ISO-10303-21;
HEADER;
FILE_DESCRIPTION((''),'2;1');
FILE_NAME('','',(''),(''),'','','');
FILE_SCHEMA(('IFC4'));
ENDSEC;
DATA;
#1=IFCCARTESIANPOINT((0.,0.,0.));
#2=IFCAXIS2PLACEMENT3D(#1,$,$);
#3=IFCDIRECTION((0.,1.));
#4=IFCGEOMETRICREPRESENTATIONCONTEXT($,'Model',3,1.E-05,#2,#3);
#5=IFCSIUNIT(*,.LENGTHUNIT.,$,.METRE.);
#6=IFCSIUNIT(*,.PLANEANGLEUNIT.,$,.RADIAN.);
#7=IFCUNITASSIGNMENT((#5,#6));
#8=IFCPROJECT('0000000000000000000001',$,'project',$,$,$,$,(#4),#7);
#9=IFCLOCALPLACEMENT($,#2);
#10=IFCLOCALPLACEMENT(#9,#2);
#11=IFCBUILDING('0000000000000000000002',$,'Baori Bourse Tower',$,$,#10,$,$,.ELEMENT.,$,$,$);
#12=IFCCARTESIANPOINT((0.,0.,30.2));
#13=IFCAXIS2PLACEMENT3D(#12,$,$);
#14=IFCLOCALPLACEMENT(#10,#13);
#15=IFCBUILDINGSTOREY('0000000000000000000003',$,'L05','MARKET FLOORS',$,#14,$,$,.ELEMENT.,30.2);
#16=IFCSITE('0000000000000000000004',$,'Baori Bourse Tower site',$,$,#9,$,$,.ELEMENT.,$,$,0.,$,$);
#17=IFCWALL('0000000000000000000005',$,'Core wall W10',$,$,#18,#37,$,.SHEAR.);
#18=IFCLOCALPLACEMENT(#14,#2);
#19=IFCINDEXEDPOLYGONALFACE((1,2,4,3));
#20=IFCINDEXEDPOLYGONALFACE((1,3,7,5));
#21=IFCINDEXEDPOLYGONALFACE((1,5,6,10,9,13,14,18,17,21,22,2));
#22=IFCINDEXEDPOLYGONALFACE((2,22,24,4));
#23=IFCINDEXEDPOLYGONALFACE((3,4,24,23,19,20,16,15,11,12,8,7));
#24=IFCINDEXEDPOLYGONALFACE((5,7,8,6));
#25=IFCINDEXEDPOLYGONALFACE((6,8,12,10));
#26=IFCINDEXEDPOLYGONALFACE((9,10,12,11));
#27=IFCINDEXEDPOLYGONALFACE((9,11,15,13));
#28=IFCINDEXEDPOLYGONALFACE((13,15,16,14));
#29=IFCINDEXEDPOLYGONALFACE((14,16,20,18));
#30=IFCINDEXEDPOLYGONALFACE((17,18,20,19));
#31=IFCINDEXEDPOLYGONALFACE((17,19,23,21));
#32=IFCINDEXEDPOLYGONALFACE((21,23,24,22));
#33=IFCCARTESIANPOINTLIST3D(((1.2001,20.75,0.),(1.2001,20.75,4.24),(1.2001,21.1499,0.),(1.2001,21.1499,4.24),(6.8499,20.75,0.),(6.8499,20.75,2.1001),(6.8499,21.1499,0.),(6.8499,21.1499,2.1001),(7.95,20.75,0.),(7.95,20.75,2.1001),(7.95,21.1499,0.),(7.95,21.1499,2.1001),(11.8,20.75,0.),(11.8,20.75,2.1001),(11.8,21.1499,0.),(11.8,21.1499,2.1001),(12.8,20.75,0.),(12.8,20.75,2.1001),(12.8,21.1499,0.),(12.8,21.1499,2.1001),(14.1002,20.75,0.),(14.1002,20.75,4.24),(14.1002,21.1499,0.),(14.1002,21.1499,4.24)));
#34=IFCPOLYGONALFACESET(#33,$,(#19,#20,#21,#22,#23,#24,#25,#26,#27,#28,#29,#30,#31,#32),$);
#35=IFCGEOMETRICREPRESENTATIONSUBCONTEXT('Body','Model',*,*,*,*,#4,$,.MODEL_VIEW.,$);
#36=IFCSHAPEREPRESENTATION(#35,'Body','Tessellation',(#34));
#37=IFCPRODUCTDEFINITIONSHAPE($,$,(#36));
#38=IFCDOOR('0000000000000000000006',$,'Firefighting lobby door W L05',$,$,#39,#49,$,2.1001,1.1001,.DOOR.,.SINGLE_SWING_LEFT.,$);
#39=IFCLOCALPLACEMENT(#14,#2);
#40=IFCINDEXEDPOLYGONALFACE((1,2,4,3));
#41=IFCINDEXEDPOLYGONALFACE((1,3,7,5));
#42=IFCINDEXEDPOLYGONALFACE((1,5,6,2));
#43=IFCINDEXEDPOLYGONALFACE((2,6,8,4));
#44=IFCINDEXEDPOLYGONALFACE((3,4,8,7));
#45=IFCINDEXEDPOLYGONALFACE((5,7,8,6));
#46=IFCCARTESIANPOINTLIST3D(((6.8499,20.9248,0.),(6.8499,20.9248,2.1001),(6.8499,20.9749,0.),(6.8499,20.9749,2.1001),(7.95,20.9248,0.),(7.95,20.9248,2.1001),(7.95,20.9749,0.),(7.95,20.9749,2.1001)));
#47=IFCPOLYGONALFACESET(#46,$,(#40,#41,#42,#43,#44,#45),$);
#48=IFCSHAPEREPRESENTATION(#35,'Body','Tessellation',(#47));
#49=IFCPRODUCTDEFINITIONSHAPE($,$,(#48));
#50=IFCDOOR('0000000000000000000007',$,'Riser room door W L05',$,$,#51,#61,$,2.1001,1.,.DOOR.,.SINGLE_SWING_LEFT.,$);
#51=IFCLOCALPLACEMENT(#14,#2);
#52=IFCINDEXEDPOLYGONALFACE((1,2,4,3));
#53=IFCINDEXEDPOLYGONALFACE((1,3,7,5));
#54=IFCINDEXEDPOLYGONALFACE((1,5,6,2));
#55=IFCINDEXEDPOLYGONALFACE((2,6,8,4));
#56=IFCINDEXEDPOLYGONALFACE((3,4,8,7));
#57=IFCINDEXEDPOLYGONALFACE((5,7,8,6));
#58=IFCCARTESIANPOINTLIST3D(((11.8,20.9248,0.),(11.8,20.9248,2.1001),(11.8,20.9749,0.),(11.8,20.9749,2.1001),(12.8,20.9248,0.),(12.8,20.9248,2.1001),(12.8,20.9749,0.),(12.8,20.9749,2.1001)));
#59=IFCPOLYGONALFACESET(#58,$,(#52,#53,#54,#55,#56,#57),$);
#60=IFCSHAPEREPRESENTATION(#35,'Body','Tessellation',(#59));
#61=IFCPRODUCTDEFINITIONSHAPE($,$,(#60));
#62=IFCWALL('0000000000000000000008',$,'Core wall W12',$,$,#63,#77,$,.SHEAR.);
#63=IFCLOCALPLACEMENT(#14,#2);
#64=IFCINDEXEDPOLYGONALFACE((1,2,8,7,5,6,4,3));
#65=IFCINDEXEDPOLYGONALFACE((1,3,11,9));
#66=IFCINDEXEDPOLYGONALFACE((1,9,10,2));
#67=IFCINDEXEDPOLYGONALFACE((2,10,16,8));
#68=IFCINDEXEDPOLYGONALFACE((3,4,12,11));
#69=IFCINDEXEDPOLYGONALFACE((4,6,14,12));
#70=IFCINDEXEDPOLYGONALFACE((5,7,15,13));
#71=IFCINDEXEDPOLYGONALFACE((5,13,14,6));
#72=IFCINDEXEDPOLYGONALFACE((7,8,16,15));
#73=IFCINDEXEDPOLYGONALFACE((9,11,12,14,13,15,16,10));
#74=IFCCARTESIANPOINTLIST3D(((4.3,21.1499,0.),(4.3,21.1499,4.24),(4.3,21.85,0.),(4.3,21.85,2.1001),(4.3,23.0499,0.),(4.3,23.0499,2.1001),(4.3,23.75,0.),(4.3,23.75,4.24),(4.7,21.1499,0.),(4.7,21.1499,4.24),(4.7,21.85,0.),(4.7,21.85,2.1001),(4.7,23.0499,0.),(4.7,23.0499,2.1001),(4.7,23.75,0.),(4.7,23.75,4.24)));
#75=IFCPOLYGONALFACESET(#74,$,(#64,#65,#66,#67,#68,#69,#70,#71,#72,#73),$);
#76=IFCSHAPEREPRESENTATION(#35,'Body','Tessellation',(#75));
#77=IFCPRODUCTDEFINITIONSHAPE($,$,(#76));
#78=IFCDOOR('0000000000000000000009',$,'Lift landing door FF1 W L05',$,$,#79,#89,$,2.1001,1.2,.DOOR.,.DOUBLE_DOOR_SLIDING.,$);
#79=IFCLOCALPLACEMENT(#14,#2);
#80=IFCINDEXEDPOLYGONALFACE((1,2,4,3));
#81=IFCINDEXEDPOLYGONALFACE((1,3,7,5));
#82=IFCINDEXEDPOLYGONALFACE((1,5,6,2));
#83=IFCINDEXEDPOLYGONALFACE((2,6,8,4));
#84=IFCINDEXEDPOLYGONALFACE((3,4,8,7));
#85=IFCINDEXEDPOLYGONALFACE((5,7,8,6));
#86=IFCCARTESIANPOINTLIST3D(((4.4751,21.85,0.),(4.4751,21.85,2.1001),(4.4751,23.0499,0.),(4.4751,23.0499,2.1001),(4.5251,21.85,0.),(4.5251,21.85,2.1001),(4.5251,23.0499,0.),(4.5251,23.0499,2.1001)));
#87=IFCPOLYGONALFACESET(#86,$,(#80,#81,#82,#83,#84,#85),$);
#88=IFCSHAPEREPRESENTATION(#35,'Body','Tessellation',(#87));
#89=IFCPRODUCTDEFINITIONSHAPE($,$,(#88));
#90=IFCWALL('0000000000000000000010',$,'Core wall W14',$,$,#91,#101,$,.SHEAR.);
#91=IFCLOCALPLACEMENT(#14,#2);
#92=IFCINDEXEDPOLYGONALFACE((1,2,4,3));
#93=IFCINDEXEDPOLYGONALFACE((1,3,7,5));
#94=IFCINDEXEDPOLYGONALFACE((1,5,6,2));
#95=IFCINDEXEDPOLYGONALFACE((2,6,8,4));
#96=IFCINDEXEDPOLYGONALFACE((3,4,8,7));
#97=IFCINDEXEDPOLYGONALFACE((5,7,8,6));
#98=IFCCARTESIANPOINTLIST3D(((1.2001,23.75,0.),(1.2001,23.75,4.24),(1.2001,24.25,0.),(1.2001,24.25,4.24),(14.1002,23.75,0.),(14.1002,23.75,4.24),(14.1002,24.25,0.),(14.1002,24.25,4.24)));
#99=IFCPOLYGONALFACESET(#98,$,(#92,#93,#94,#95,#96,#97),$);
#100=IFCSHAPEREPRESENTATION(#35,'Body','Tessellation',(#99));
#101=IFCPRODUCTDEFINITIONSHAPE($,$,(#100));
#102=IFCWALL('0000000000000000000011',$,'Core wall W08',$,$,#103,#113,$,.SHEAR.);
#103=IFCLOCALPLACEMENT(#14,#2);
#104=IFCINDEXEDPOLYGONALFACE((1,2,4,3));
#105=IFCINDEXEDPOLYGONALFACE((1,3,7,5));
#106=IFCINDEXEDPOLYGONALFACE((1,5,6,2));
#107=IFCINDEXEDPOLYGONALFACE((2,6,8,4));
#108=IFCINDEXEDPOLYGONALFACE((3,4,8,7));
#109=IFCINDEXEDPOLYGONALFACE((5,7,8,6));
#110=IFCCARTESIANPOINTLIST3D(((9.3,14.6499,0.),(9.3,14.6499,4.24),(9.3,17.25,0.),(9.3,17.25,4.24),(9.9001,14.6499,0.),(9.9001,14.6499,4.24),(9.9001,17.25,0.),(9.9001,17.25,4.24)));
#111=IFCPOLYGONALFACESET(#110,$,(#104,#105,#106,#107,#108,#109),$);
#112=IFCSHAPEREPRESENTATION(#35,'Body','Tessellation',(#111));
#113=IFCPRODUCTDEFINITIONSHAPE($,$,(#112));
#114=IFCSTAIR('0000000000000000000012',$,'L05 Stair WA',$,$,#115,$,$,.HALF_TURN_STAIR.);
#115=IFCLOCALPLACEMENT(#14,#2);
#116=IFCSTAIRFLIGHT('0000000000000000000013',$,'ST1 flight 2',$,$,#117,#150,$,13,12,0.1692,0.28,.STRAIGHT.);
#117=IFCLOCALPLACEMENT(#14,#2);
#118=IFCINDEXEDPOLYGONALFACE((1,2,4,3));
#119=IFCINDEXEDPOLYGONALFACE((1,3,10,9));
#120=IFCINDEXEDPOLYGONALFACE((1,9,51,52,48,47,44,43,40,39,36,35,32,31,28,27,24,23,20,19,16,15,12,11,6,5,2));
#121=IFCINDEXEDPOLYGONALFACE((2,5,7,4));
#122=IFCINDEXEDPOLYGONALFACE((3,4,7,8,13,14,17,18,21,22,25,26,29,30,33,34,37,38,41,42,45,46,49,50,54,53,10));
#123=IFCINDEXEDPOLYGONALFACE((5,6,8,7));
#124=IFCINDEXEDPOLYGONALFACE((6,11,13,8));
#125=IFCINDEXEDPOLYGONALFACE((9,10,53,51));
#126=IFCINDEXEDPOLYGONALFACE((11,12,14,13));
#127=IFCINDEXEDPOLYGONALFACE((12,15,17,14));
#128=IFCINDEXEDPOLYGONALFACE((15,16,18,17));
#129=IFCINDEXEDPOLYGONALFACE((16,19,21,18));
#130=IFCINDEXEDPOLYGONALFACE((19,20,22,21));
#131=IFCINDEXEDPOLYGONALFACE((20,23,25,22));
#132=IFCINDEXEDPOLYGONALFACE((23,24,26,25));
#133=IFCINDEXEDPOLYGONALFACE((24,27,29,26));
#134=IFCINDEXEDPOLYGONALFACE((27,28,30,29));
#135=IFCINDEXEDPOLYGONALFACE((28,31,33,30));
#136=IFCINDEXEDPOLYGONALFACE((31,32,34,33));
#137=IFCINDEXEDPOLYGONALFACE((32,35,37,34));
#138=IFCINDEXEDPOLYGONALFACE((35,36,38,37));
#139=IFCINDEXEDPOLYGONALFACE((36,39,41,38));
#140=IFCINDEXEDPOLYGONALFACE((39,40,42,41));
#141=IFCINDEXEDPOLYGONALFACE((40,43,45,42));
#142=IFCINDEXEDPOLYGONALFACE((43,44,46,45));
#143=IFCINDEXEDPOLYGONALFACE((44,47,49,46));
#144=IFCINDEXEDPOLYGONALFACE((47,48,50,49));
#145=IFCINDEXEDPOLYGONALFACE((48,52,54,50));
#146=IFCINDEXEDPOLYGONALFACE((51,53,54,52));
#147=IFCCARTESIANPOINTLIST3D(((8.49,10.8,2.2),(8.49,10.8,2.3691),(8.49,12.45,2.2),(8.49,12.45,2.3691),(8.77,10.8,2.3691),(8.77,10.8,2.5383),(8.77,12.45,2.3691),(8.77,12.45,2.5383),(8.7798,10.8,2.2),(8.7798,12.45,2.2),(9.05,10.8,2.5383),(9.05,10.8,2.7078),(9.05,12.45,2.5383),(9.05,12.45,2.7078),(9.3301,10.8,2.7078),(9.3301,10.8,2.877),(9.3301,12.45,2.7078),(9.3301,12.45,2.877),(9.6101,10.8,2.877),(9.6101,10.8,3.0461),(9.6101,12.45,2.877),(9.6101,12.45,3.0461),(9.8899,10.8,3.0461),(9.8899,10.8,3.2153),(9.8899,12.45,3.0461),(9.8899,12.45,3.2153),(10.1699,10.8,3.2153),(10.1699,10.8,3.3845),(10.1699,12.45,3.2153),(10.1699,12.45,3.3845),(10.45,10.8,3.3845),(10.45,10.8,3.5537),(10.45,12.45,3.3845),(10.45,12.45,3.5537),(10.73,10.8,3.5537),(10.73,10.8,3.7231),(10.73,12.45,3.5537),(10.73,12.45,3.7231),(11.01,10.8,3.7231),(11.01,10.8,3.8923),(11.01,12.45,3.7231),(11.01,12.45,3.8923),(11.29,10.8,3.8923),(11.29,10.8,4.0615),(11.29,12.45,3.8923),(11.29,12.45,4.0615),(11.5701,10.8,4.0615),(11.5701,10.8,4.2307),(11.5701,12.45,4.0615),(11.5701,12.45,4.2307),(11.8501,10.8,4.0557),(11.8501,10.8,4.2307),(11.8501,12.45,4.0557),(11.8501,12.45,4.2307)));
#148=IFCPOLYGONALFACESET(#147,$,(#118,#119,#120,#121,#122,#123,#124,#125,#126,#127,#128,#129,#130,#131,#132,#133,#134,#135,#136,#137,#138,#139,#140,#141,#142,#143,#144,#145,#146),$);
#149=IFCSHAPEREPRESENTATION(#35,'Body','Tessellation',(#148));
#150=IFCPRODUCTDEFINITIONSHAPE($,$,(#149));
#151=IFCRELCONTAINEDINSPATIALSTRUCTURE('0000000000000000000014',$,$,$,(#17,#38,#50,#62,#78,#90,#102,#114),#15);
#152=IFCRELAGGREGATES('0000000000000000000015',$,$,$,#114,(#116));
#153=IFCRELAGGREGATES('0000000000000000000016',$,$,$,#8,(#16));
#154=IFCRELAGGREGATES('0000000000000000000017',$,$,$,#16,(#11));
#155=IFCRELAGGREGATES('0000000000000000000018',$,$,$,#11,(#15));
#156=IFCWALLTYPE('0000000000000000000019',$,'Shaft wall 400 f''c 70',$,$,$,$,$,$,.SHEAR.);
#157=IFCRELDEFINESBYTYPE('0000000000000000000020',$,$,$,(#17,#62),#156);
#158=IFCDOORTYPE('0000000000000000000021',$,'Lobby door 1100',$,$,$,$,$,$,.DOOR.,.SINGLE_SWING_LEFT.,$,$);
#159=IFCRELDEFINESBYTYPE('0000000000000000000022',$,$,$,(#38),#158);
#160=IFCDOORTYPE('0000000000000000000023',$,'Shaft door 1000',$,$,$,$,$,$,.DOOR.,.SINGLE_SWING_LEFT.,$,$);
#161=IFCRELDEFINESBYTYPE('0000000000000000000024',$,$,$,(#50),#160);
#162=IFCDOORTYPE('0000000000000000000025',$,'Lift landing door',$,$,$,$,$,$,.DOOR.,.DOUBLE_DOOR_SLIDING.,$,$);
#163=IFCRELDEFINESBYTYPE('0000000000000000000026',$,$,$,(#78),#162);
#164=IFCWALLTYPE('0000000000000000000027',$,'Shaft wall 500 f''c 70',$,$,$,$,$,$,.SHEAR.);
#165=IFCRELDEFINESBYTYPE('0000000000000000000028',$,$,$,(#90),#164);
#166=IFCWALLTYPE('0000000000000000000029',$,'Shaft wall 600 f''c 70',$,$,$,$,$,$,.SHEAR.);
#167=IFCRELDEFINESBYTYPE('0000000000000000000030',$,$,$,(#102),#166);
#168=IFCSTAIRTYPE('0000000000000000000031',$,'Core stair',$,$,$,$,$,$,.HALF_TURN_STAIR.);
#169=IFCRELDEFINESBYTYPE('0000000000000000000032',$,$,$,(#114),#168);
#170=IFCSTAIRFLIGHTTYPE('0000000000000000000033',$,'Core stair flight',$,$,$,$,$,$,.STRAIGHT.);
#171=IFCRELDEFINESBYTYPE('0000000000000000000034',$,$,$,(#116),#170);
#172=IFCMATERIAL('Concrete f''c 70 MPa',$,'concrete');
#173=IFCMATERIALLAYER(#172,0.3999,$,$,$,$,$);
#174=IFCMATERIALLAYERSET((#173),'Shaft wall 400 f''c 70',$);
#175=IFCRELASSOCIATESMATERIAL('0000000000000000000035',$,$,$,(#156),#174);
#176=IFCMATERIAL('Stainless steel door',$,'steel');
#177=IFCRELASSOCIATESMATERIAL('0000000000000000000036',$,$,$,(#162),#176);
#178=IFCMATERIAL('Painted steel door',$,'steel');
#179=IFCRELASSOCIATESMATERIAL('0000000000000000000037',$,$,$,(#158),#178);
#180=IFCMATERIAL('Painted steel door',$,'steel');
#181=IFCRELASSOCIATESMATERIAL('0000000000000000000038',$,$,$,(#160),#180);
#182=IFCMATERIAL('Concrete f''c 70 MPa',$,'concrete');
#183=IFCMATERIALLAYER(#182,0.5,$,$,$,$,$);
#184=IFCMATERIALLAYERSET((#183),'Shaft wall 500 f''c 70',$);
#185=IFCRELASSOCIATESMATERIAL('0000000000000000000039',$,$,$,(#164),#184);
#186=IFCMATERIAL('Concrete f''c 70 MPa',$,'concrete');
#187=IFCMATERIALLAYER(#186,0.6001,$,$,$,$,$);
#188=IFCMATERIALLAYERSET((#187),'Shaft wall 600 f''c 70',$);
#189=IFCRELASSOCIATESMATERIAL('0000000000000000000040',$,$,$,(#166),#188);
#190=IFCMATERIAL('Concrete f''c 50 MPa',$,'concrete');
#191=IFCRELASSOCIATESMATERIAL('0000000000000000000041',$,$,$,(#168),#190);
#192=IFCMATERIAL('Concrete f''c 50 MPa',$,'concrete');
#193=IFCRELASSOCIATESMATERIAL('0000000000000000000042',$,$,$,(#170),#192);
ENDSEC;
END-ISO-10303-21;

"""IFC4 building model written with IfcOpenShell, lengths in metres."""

from ifc_helpers import new_model, si_unit, direction, frame, frame_2d, origin, place, context, subcontext, project, spatial, polyline, rectangle, outline, extrude, material, layer, layer_set, type_object, element, fill, aggregate, save


model = new_model("IFC4")

# Units and contexts
model_context = context("Model", 3, precision=1e-05, world=origin(), true_north=direction((0.0, 1.0)))
body_context = subcontext(model_context, "Body", "Model", "MODEL_VIEW")
ifc_project = project(units=[si_unit("LENGTHUNIT", "METRE"), si_unit("PLANEANGLEUNIT", "RADIAN")], contexts=[model_context])

# Site, building, storey
site_placement = place(None, origin())
site = spatial("IfcSite", under=ifc_project, at=site_placement, Name="Baori Bourse Tower site", CompositionType="ELEMENT", RefElevation=0.0)
building_placement = place(site_placement, origin())
building = spatial("IfcBuilding", under=site, at=building_placement, Name="Baori Bourse Tower", CompositionType="ELEMENT")
storey_placement = place(building_placement, frame((0.0, 0.0, 30.2)))
storey = spatial("IfcBuildingStorey", under=building, at=storey_placement, Name="L05", Description="MARKET FLOORS", CompositionType="ELEMENT", Elevation=30.2)

# Shared definitions
ifc_material_1 = material(Name="Concrete f'c 70 MPa", Category="concrete")
ifc_layer_1 = layer(ifc_material_1, 0.3999)
ifc_layer_set_1 = layer_set([ifc_layer_1], Name="Shaft wall 400 f'c 70")
wall_type_1 = type_object("IfcWallType", Name="Shaft wall 400 f'c 70", PredefinedType="SHEAR", material=ifc_layer_set_1)

# Wall, openings, doors
ifc_material_2 = material(Name="Stainless steel door", Category="steel")
door_type_1 = type_object("IfcDoorType", Name="Lift landing door", OperationType="DOUBLE_DOOR_SLIDING", PredefinedType="DOOR", material=ifc_material_2)
wall_1_placement = place(storey_placement, frame((1.2, 20.95, 0.0), z_axis=(0.0, 0.0, 1.0), x_axis=(1.0, 0.0, 0.0)))
wall_1 = element("IfcWall", 1, at=wall_1_placement, inside=storey, type_object=wall_type_1, Name="Core wall W10", PredefinedType="SHEAR", context=body_context, shape_type="SweptSolid", body=[
    extrude(rectangle(XDim=12.9001, YDim=0.3999, at=frame_2d((6.4502, 0.0))), origin(), (0.0, 0.0, 1.0), 4.24),
])
opening_1_placement = place(wall_1_placement, frame((5.6499, 0.0, 0.0)))
opening_1 = element("IfcOpeningElement", 2, at=opening_1_placement, cuts=wall_1, PredefinedType="OPENING", context=body_context, shape_type="SweptSolid", body=[
    extrude(rectangle(XDim=1.1001, YDim=2.1001, at=frame_2d((0.55, 1.05))), frame((0.0, 0.21, 0.0), z_axis=(0.0, -1.0, 0.0), x_axis=(1.0, 0.0, 0.0)), (0.0, 0.0, 1.0), 0.4199),
])
opening_2_placement = place(wall_1_placement, frame((10.6001, 0.0, 0.0)))
opening_2 = element("IfcOpeningElement", 3, at=opening_2_placement, cuts=wall_1, PredefinedType="OPENING", context=body_context, shape_type="SweptSolid", body=[
    extrude(rectangle(XDim=1.0, YDim=2.1001, at=frame_2d((0.5, 1.05))), frame((0.0, 0.21, 0.0), z_axis=(0.0, -1.0, 0.0), x_axis=(1.0, 0.0, 0.0)), (0.0, 0.0, 1.0), 0.4199),
])
ifc_material_3 = material(Name="Painted steel door", Category="steel")
door_type_2 = type_object("IfcDoorType", Name="Lobby door 1100", OperationType="SINGLE_SWING_LEFT", PredefinedType="DOOR", material=ifc_material_3)
door_1_placement = place(opening_1_placement, origin())
door_1 = element("IfcDoor", 4, at=door_1_placement, inside=storey, type_object=door_type_2, Name="Firefighting lobby door W L05", OperationType="SINGLE_SWING_LEFT", OverallHeight=2.1001, OverallWidth=1.1001, PredefinedType="DOOR", context=body_context, shape_type="SweptSolid", body=[
    extrude(rectangle(XDim=1.1001, YDim=2.1001, at=frame_2d((0.55, 1.05))), frame((0.0, 0.0249, 0.0), z_axis=(0.0, -1.0, 0.0), x_axis=(1.0, 0.0, 0.0)), (0.0, 0.0, 1.0), 0.05),
])
fill(opening_1, door_1)
ifc_material_4 = material(Name="Painted steel door", Category="steel")
door_type_3 = type_object("IfcDoorType", Name="Shaft door 1000", OperationType="SINGLE_SWING_LEFT", PredefinedType="DOOR", material=ifc_material_4)
door_2_placement = place(opening_2_placement, origin())
door_2 = element("IfcDoor", 5, at=door_2_placement, inside=storey, type_object=door_type_3, Name="Riser room door W L05", OperationType="SINGLE_SWING_LEFT", OverallHeight=2.1001, OverallWidth=1.0, PredefinedType="DOOR", context=body_context, shape_type="SweptSolid", body=[
    extrude(rectangle(XDim=1.0, YDim=2.1001, at=frame_2d((0.5, 1.05))), frame((0.0, 0.0249, 0.0), z_axis=(0.0, -1.0, 0.0), x_axis=(1.0, 0.0, 0.0)), (0.0, 0.0, 1.0), 0.05),
])
fill(opening_2, door_2)

# Wall, opening, door
wall_2_placement = place(storey_placement, frame((4.5, 21.1499, 0.0), z_axis=(0.0, 0.0, 1.0), x_axis=(0.0, 1.0, 0.0)))
wall_2 = element("IfcWall", 6, at=wall_2_placement, inside=storey, type_object=wall_type_1, Name="Core wall W12", PredefinedType="SHEAR", context=body_context, shape_type="SweptSolid", body=[
    extrude(rectangle(XDim=2.6001, YDim=0.3999, at=frame_2d((1.3, 0.0))), origin(), (0.0, 0.0, 1.0), 4.24),
])
opening_3_placement = place(wall_2_placement, frame((0.7, 0.0, 0.0)))
opening_3 = element("IfcOpeningElement", 7, at=opening_3_placement, cuts=wall_2, PredefinedType="OPENING", context=body_context, shape_type="SweptSolid", body=[
    extrude(rectangle(XDim=1.2, YDim=2.1001, at=frame_2d((0.6001, 1.05))), frame((0.0, 0.21, 0.0), z_axis=(0.0, -1.0, 0.0), x_axis=(1.0, 0.0, 0.0)), (0.0, 0.0, 1.0), 0.4199),
])
door_3_placement = place(opening_3_placement, origin())
door_3 = element("IfcDoor", 8, at=door_3_placement, inside=storey, type_object=door_type_1, Name="Lift landing door FF1 W L05", OperationType="DOUBLE_DOOR_SLIDING", OverallHeight=2.1001, OverallWidth=1.2, PredefinedType="DOOR", context=body_context, shape_type="SweptSolid", body=[
    extrude(rectangle(XDim=1.2, YDim=2.1001, at=frame_2d((0.6001, 1.05))), frame((0.0, 0.0249, 0.0), z_axis=(0.0, -1.0, 0.0), x_axis=(1.0, 0.0, 0.0)), (0.0, 0.0, 1.0), 0.05),
])
fill(opening_3, door_3)

# Walls
ifc_material_5 = material(Name="Concrete f'c 70 MPa", Category="concrete")
ifc_layer_2 = layer(ifc_material_5, 0.5)
ifc_layer_set_2 = layer_set([ifc_layer_2], Name="Shaft wall 500 f'c 70")
wall_type_2 = type_object("IfcWallType", Name="Shaft wall 500 f'c 70", PredefinedType="SHEAR", material=ifc_layer_set_2)
wall_3_placement = place(storey_placement, frame((1.2, 24.0, 0.0), z_axis=(0.0, 0.0, 1.0), x_axis=(1.0, 0.0, 0.0)))
element("IfcWall", 9, at=wall_3_placement, inside=storey, type_object=wall_type_2, Name="Core wall W14", PredefinedType="SHEAR", context=body_context, shape_type="SweptSolid", body=[
    extrude(rectangle(XDim=12.9001, YDim=0.5, at=frame_2d((6.4502, 0.0))), origin(), (0.0, 0.0, 1.0), 4.24),
])
ifc_material_6 = material(Name="Concrete f'c 70 MPa", Category="concrete")
ifc_layer_3 = layer(ifc_material_6, 0.6001)
ifc_layer_set_3 = layer_set([ifc_layer_3], Name="Shaft wall 600 f'c 70")
wall_type_3 = type_object("IfcWallType", Name="Shaft wall 600 f'c 70", PredefinedType="SHEAR", material=ifc_layer_set_3)
wall_4_placement = place(storey_placement, frame((9.6001, 14.6499, 0.0), z_axis=(0.0, 0.0, 1.0), x_axis=(0.0, 1.0, 0.0)))
element("IfcWall", 10, at=wall_4_placement, inside=storey, type_object=wall_type_3, Name="Core wall W08", PredefinedType="SHEAR", context=body_context, shape_type="SweptSolid", body=[
    extrude(rectangle(XDim=2.6001, YDim=0.6001, at=frame_2d((1.3, 0.0))), origin(), (0.0, 0.0, 1.0), 4.24),
])

# Stair, stair flight
ifc_material_7 = material(Name="Concrete f'c 50 MPa", Category="concrete")
stair_type = type_object("IfcStairType", Name="Core stair", PredefinedType="HALF_TURN_STAIR", material=ifc_material_7)
stair_placement = place(storey_placement, origin())
stair = element("IfcStair", 11, at=stair_placement, inside=storey, type_object=stair_type, Name="L05 Stair WA", PredefinedType="HALF_TURN_STAIR")
ifc_material_8 = material(Name="Concrete f'c 50 MPa", Category="concrete")
stair_flight_type = type_object("IfcStairFlightType", Name="Core stair flight", PredefinedType="STRAIGHT", material=ifc_material_8)
stair_flight_placement = place(storey_placement, frame((8.49, 11.625, 2.2), z_axis=(0.0, 0.0, 1.0), x_axis=(1.0, 0.0, 0.0)))
stair_flight = element("IfcStairFlight", 12, at=stair_flight_placement, type_object=stair_flight_type, Name="ST1 flight 2", NumberOfRisers=13, NumberOfTreads=12, PredefinedType="STRAIGHT", RiserHeight=0.1692, TreadLength=0.28, context=body_context, shape_type="SweptSolid", body=[
    extrude(outline(polyline([(0.0, 0.0), (0.0, 0.1692), (0.28, 0.1692), (0.28, 0.3384), (0.5601, 0.3384), (0.5601, 0.5078), (0.8401, 0.5078), (0.8401, 0.677), (1.1201, 0.677), (1.1201, 0.8462), (1.3999, 0.8462), (1.3999, 1.0154), (1.6799, 1.0154), (1.6799, 1.1846), (1.96, 1.1846), (1.96, 1.3538), (2.24, 1.3538), (2.24, 1.5232), (2.52, 1.5232), (2.52, 1.6924), (2.8, 1.6924), (2.8, 1.8616), (3.0801, 1.8616), (3.0801, 2.0308), (3.3601, 2.0308), (3.3601, 2.2), (3.3601, 1.8557), (0.2898, 0.0), (0.0, 0.0)])), frame((0.0, 0.825, 0.0), z_axis=(0.0, -1.0, 0.0), x_axis=(1.0, 0.0, 0.0)), (0.0, 0.0, 1.0), 1.6499),
])
aggregate(stair, [stair_flight])

save(model, "model.ifc")
